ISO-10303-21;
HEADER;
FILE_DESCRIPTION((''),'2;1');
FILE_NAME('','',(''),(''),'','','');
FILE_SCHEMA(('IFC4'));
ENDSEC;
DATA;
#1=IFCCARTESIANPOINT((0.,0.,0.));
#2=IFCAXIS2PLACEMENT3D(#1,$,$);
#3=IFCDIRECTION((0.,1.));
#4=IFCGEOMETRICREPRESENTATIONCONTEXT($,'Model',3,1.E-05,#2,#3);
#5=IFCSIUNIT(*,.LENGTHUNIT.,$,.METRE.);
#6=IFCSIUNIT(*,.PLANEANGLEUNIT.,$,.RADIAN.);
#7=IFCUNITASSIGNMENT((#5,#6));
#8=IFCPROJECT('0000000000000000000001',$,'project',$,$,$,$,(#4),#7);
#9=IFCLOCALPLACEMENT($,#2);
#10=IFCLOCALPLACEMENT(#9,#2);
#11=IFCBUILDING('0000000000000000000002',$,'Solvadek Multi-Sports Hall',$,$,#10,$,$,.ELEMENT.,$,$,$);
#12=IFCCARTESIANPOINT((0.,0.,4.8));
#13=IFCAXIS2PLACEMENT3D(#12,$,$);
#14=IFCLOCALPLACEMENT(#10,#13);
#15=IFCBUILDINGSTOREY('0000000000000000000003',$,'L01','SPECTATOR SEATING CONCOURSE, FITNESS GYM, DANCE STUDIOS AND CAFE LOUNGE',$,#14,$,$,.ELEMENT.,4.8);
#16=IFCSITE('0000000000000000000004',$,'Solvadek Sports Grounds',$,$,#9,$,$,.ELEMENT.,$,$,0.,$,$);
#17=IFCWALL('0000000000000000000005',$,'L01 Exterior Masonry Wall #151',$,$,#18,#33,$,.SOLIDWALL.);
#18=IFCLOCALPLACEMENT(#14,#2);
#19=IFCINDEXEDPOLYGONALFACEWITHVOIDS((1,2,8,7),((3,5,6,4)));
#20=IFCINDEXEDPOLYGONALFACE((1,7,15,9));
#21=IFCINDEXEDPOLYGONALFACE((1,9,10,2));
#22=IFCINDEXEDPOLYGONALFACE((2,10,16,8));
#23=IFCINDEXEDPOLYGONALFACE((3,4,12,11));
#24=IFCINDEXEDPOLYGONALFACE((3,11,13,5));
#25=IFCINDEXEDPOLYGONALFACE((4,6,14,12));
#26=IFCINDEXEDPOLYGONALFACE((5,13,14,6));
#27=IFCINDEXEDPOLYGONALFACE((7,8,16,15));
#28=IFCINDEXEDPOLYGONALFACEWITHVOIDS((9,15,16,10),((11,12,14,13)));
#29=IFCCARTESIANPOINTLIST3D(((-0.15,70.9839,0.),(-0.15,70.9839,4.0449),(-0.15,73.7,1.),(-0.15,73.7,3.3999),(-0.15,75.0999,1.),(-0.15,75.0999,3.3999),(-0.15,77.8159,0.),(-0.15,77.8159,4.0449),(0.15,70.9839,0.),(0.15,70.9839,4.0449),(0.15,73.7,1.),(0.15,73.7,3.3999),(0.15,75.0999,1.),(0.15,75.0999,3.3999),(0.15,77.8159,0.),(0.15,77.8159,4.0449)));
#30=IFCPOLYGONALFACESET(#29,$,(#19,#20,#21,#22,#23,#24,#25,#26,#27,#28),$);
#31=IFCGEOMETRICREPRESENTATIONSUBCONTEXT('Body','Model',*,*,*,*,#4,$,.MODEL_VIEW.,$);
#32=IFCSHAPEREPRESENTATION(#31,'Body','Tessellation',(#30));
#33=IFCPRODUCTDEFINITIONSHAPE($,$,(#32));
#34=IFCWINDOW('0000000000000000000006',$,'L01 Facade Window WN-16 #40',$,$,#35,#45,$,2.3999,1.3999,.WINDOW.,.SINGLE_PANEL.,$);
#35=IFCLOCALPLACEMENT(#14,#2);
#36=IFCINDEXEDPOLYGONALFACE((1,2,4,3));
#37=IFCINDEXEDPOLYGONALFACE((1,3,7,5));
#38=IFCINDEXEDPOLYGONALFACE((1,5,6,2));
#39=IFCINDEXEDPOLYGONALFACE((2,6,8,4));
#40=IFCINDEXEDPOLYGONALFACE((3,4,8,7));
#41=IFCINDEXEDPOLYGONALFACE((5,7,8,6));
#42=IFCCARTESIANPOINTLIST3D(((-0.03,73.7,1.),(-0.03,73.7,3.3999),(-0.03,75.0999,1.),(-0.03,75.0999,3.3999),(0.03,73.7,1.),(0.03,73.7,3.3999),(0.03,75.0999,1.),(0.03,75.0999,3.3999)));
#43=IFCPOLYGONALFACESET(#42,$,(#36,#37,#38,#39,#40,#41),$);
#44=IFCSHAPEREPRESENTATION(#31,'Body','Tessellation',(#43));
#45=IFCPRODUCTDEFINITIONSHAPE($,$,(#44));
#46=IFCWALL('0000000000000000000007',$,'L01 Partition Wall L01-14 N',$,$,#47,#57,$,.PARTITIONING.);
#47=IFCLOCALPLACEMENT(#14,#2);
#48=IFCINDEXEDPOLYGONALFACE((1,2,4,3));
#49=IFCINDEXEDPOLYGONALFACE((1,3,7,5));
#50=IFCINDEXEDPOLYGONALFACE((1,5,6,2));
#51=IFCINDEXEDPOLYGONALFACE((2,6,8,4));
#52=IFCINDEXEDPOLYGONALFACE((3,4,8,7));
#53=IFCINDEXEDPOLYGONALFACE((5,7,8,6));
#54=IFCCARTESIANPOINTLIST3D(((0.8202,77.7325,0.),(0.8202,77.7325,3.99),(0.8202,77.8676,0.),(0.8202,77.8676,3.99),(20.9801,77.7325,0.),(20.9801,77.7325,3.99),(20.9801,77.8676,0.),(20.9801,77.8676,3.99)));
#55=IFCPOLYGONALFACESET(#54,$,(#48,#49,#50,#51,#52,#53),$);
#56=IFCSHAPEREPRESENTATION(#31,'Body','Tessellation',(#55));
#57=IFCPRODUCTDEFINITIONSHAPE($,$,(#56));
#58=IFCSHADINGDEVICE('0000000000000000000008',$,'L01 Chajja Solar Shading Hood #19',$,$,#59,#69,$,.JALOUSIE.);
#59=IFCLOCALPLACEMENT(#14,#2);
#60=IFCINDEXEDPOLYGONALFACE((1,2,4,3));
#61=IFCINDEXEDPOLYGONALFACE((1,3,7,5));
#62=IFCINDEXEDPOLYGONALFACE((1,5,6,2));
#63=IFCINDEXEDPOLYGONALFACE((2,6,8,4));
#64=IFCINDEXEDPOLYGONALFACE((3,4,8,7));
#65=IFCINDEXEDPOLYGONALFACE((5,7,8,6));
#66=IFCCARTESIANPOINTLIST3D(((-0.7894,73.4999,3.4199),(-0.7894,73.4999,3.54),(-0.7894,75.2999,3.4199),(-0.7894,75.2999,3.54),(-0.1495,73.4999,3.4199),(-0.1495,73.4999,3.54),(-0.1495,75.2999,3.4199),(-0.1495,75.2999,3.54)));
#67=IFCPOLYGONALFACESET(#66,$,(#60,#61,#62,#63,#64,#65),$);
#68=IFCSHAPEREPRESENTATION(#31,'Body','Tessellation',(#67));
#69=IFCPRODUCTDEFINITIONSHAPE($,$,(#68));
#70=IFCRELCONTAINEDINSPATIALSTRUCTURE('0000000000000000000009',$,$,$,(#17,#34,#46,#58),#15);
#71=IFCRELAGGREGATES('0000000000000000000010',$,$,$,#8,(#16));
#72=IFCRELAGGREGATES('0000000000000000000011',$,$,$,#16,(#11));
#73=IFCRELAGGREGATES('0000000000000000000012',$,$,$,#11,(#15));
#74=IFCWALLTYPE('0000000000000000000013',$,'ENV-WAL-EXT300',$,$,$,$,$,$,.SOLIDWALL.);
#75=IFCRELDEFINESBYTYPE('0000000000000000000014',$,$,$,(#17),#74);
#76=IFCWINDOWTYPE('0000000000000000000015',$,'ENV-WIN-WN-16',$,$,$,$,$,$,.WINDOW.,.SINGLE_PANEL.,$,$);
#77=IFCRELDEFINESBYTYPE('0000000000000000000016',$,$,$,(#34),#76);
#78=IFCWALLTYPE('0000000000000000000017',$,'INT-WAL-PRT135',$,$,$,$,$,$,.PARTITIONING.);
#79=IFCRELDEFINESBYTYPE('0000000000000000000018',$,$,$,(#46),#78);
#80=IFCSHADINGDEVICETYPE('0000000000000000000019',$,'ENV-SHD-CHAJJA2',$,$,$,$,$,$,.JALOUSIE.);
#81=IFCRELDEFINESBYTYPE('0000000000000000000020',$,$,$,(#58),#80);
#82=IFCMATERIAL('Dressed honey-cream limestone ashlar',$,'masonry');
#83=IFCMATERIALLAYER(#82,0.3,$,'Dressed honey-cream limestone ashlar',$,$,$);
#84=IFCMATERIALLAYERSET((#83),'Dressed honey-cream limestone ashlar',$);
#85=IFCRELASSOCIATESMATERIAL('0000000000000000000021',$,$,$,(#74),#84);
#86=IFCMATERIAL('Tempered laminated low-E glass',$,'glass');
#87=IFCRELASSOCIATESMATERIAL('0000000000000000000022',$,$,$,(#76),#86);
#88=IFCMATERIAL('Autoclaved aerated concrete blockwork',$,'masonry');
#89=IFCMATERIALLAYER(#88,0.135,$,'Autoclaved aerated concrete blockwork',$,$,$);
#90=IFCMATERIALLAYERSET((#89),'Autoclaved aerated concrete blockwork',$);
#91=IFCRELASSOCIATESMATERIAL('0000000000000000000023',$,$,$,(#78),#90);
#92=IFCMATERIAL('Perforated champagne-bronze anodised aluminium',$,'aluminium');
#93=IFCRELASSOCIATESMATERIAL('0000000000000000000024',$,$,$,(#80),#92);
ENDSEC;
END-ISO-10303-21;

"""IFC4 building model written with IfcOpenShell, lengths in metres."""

from ifc_helpers import new_model, si_unit, direction, frame, frame_2d, origin, origin_2d, place, context, subcontext, project, spatial, rectangle, extrude, material, layer, layer_set, type_object, element, fill, save


model = new_model("IFC4")

# Units and contexts
model_context = context("Model", 3, precision=1e-05, world=origin(), true_north=direction((0.0, 1.0)))
body_context = subcontext(model_context, "Body", "Model", "MODEL_VIEW")
ifc_project = project(units=[si_unit("LENGTHUNIT", "METRE"), si_unit("PLANEANGLEUNIT", "RADIAN")], contexts=[model_context])

# Site, building, storey
site_placement = place(None, origin())
site = spatial("IfcSite", under=ifc_project, at=site_placement, Name="Solvadek Sports Grounds", CompositionType="ELEMENT", RefElevation=0.0)
building_placement = place(site_placement, origin())
building = spatial("IfcBuilding", under=site, at=building_placement, Name="Solvadek Multi-Sports Hall", CompositionType="ELEMENT")
storey_placement = place(building_placement, frame((0.0, 0.0, 4.8)))
storey = spatial("IfcBuildingStorey", under=building, at=storey_placement, Name="L01", Description="SPECTATOR SEATING CONCOURSE, FITNESS GYM, DANCE STUDIOS AND CAFE LOUNGE", CompositionType="ELEMENT", Elevation=4.8)

# Wall, opening, window
ifc_material_1 = material(Name="Dressed honey-cream limestone ashlar", Category="masonry")
ifc_layer_1 = layer(ifc_material_1, 0.3, Name="Dressed honey-cream limestone ashlar")
ifc_layer_set_1 = layer_set([ifc_layer_1], Name="Dressed honey-cream limestone ashlar")
wall_type_1 = type_object("IfcWallType", Name="ENV-WAL-EXT300", PredefinedType="SOLIDWALL", material=ifc_layer_set_1)
ifc_material_2 = material(Name="Tempered laminated low-E glass", Category="glass")
wall_1_placement = place(storey_placement, frame((0.0, 70.9839, 0.0), z_axis=(0.0, 0.0, 1.0), x_axis=(0.0, 1.0, 0.0)))
wall_1 = element("IfcWall", 1, at=wall_1_placement, inside=storey, type_object=wall_type_1, Name="L01 Exterior Masonry Wall #151", PredefinedType="SOLIDWALL", context=body_context, shape_type="SweptSolid", body=[
    extrude(rectangle(XDim=6.832, YDim=0.3, at=frame_2d((3.416, 0.0))), origin(), (0.0, 0.0, 1.0), 4.0449),
])
opening_1_placement = place(wall_1_placement, frame((2.7161, 0.0, 1.0)))
opening_1 = element("IfcOpeningElement", 2, at=opening_1_placement, cuts=wall_1, PredefinedType="OPENING", context=body_context, shape_type="SweptSolid", body=[
    extrude(rectangle(XDim=1.3999, YDim=2.3999, at=frame_2d((0.7, 1.2))), frame((0.0, 0.1599, 0.0), z_axis=(0.0, -1.0, 0.0), x_axis=(1.0, 0.0, 0.0)), (0.0, 0.0, 1.0), 0.3201),
])
window_type_1 = type_object("IfcWindowType", Name="ENV-WIN-WN-16", PartitioningType="SINGLE_PANEL", PredefinedType="WINDOW", material=ifc_material_2)
window_1_placement = place(opening_1_placement, origin())
window_1 = element("IfcWindow", 3, at=window_1_placement, inside=storey, type_object=window_type_1, Name="L01 Facade Window WN-16 #40", OverallHeight=2.3999, OverallWidth=1.3999, PartitioningType="SINGLE_PANEL", PredefinedType="WINDOW", context=body_context, shape_type="SweptSolid", body=[
    extrude(rectangle(XDim=1.3999, YDim=2.3999, at=frame_2d((0.7, 1.2))), frame((0.0, 0.03, 0.0), z_axis=(0.0, -1.0, 0.0), x_axis=(1.0, 0.0, 0.0)), (0.0, 0.0, 1.0), 0.0601),
])
fill(opening_1, window_1)

# Wall
ifc_material_3 = material(Name="Autoclaved aerated concrete blockwork", Category="masonry")
ifc_layer_2 = layer(ifc_material_3, 0.135, Name="Autoclaved aerated concrete blockwork")
ifc_layer_set_2 = layer_set([ifc_layer_2], Name="Autoclaved aerated concrete blockwork")
wall_type_2 = type_object("IfcWallType", Name="INT-WAL-PRT135", PredefinedType="PARTITIONING", material=ifc_layer_set_2)
wall_2_placement = place(storey_placement, frame((0.8201, 77.8, 0.0), z_axis=(0.0, 0.0, 1.0), x_axis=(1.0, 0.0, 0.0)))
element("IfcWall", 4, at=wall_2_placement, inside=storey, type_object=wall_type_2, Name="L01 Partition Wall L01-14 N", PredefinedType="PARTITIONING", context=body_context, shape_type="SweptSolid", body=[
    extrude(rectangle(XDim=20.1599, YDim=0.135, at=frame_2d((10.0801, 0.0))), origin(), (0.0, 0.0, 1.0), 3.99),
])

# Shading device
ifc_material_4 = material(Name="Perforated champagne-bronze anodised aluminium", Category="aluminium")
shading_device_type = type_object("IfcShadingDeviceType", Name="ENV-SHD-CHAJJA2", PredefinedType="JALOUSIE", material=ifc_material_4)
shading_device_placement = place(storey_placement, frame((-0.4695, 74.3999, 3.4199), z_axis=(0.0, 0.0, 1.0), x_axis=(0.0, 1.0, 0.0)))
element("IfcShadingDevice", 5, at=shading_device_placement, inside=storey, type_object=shading_device_type, Name="L01 Chajja Solar Shading Hood #19", PredefinedType="JALOUSIE", context=body_context, shape_type="SweptSolid", body=[
    extrude(rectangle(XDim=1.8, YDim=0.6399, at=origin_2d()), origin(), (0.0, 0.0, 1.0), 0.1201),
])

save(model, "model.ifc")
